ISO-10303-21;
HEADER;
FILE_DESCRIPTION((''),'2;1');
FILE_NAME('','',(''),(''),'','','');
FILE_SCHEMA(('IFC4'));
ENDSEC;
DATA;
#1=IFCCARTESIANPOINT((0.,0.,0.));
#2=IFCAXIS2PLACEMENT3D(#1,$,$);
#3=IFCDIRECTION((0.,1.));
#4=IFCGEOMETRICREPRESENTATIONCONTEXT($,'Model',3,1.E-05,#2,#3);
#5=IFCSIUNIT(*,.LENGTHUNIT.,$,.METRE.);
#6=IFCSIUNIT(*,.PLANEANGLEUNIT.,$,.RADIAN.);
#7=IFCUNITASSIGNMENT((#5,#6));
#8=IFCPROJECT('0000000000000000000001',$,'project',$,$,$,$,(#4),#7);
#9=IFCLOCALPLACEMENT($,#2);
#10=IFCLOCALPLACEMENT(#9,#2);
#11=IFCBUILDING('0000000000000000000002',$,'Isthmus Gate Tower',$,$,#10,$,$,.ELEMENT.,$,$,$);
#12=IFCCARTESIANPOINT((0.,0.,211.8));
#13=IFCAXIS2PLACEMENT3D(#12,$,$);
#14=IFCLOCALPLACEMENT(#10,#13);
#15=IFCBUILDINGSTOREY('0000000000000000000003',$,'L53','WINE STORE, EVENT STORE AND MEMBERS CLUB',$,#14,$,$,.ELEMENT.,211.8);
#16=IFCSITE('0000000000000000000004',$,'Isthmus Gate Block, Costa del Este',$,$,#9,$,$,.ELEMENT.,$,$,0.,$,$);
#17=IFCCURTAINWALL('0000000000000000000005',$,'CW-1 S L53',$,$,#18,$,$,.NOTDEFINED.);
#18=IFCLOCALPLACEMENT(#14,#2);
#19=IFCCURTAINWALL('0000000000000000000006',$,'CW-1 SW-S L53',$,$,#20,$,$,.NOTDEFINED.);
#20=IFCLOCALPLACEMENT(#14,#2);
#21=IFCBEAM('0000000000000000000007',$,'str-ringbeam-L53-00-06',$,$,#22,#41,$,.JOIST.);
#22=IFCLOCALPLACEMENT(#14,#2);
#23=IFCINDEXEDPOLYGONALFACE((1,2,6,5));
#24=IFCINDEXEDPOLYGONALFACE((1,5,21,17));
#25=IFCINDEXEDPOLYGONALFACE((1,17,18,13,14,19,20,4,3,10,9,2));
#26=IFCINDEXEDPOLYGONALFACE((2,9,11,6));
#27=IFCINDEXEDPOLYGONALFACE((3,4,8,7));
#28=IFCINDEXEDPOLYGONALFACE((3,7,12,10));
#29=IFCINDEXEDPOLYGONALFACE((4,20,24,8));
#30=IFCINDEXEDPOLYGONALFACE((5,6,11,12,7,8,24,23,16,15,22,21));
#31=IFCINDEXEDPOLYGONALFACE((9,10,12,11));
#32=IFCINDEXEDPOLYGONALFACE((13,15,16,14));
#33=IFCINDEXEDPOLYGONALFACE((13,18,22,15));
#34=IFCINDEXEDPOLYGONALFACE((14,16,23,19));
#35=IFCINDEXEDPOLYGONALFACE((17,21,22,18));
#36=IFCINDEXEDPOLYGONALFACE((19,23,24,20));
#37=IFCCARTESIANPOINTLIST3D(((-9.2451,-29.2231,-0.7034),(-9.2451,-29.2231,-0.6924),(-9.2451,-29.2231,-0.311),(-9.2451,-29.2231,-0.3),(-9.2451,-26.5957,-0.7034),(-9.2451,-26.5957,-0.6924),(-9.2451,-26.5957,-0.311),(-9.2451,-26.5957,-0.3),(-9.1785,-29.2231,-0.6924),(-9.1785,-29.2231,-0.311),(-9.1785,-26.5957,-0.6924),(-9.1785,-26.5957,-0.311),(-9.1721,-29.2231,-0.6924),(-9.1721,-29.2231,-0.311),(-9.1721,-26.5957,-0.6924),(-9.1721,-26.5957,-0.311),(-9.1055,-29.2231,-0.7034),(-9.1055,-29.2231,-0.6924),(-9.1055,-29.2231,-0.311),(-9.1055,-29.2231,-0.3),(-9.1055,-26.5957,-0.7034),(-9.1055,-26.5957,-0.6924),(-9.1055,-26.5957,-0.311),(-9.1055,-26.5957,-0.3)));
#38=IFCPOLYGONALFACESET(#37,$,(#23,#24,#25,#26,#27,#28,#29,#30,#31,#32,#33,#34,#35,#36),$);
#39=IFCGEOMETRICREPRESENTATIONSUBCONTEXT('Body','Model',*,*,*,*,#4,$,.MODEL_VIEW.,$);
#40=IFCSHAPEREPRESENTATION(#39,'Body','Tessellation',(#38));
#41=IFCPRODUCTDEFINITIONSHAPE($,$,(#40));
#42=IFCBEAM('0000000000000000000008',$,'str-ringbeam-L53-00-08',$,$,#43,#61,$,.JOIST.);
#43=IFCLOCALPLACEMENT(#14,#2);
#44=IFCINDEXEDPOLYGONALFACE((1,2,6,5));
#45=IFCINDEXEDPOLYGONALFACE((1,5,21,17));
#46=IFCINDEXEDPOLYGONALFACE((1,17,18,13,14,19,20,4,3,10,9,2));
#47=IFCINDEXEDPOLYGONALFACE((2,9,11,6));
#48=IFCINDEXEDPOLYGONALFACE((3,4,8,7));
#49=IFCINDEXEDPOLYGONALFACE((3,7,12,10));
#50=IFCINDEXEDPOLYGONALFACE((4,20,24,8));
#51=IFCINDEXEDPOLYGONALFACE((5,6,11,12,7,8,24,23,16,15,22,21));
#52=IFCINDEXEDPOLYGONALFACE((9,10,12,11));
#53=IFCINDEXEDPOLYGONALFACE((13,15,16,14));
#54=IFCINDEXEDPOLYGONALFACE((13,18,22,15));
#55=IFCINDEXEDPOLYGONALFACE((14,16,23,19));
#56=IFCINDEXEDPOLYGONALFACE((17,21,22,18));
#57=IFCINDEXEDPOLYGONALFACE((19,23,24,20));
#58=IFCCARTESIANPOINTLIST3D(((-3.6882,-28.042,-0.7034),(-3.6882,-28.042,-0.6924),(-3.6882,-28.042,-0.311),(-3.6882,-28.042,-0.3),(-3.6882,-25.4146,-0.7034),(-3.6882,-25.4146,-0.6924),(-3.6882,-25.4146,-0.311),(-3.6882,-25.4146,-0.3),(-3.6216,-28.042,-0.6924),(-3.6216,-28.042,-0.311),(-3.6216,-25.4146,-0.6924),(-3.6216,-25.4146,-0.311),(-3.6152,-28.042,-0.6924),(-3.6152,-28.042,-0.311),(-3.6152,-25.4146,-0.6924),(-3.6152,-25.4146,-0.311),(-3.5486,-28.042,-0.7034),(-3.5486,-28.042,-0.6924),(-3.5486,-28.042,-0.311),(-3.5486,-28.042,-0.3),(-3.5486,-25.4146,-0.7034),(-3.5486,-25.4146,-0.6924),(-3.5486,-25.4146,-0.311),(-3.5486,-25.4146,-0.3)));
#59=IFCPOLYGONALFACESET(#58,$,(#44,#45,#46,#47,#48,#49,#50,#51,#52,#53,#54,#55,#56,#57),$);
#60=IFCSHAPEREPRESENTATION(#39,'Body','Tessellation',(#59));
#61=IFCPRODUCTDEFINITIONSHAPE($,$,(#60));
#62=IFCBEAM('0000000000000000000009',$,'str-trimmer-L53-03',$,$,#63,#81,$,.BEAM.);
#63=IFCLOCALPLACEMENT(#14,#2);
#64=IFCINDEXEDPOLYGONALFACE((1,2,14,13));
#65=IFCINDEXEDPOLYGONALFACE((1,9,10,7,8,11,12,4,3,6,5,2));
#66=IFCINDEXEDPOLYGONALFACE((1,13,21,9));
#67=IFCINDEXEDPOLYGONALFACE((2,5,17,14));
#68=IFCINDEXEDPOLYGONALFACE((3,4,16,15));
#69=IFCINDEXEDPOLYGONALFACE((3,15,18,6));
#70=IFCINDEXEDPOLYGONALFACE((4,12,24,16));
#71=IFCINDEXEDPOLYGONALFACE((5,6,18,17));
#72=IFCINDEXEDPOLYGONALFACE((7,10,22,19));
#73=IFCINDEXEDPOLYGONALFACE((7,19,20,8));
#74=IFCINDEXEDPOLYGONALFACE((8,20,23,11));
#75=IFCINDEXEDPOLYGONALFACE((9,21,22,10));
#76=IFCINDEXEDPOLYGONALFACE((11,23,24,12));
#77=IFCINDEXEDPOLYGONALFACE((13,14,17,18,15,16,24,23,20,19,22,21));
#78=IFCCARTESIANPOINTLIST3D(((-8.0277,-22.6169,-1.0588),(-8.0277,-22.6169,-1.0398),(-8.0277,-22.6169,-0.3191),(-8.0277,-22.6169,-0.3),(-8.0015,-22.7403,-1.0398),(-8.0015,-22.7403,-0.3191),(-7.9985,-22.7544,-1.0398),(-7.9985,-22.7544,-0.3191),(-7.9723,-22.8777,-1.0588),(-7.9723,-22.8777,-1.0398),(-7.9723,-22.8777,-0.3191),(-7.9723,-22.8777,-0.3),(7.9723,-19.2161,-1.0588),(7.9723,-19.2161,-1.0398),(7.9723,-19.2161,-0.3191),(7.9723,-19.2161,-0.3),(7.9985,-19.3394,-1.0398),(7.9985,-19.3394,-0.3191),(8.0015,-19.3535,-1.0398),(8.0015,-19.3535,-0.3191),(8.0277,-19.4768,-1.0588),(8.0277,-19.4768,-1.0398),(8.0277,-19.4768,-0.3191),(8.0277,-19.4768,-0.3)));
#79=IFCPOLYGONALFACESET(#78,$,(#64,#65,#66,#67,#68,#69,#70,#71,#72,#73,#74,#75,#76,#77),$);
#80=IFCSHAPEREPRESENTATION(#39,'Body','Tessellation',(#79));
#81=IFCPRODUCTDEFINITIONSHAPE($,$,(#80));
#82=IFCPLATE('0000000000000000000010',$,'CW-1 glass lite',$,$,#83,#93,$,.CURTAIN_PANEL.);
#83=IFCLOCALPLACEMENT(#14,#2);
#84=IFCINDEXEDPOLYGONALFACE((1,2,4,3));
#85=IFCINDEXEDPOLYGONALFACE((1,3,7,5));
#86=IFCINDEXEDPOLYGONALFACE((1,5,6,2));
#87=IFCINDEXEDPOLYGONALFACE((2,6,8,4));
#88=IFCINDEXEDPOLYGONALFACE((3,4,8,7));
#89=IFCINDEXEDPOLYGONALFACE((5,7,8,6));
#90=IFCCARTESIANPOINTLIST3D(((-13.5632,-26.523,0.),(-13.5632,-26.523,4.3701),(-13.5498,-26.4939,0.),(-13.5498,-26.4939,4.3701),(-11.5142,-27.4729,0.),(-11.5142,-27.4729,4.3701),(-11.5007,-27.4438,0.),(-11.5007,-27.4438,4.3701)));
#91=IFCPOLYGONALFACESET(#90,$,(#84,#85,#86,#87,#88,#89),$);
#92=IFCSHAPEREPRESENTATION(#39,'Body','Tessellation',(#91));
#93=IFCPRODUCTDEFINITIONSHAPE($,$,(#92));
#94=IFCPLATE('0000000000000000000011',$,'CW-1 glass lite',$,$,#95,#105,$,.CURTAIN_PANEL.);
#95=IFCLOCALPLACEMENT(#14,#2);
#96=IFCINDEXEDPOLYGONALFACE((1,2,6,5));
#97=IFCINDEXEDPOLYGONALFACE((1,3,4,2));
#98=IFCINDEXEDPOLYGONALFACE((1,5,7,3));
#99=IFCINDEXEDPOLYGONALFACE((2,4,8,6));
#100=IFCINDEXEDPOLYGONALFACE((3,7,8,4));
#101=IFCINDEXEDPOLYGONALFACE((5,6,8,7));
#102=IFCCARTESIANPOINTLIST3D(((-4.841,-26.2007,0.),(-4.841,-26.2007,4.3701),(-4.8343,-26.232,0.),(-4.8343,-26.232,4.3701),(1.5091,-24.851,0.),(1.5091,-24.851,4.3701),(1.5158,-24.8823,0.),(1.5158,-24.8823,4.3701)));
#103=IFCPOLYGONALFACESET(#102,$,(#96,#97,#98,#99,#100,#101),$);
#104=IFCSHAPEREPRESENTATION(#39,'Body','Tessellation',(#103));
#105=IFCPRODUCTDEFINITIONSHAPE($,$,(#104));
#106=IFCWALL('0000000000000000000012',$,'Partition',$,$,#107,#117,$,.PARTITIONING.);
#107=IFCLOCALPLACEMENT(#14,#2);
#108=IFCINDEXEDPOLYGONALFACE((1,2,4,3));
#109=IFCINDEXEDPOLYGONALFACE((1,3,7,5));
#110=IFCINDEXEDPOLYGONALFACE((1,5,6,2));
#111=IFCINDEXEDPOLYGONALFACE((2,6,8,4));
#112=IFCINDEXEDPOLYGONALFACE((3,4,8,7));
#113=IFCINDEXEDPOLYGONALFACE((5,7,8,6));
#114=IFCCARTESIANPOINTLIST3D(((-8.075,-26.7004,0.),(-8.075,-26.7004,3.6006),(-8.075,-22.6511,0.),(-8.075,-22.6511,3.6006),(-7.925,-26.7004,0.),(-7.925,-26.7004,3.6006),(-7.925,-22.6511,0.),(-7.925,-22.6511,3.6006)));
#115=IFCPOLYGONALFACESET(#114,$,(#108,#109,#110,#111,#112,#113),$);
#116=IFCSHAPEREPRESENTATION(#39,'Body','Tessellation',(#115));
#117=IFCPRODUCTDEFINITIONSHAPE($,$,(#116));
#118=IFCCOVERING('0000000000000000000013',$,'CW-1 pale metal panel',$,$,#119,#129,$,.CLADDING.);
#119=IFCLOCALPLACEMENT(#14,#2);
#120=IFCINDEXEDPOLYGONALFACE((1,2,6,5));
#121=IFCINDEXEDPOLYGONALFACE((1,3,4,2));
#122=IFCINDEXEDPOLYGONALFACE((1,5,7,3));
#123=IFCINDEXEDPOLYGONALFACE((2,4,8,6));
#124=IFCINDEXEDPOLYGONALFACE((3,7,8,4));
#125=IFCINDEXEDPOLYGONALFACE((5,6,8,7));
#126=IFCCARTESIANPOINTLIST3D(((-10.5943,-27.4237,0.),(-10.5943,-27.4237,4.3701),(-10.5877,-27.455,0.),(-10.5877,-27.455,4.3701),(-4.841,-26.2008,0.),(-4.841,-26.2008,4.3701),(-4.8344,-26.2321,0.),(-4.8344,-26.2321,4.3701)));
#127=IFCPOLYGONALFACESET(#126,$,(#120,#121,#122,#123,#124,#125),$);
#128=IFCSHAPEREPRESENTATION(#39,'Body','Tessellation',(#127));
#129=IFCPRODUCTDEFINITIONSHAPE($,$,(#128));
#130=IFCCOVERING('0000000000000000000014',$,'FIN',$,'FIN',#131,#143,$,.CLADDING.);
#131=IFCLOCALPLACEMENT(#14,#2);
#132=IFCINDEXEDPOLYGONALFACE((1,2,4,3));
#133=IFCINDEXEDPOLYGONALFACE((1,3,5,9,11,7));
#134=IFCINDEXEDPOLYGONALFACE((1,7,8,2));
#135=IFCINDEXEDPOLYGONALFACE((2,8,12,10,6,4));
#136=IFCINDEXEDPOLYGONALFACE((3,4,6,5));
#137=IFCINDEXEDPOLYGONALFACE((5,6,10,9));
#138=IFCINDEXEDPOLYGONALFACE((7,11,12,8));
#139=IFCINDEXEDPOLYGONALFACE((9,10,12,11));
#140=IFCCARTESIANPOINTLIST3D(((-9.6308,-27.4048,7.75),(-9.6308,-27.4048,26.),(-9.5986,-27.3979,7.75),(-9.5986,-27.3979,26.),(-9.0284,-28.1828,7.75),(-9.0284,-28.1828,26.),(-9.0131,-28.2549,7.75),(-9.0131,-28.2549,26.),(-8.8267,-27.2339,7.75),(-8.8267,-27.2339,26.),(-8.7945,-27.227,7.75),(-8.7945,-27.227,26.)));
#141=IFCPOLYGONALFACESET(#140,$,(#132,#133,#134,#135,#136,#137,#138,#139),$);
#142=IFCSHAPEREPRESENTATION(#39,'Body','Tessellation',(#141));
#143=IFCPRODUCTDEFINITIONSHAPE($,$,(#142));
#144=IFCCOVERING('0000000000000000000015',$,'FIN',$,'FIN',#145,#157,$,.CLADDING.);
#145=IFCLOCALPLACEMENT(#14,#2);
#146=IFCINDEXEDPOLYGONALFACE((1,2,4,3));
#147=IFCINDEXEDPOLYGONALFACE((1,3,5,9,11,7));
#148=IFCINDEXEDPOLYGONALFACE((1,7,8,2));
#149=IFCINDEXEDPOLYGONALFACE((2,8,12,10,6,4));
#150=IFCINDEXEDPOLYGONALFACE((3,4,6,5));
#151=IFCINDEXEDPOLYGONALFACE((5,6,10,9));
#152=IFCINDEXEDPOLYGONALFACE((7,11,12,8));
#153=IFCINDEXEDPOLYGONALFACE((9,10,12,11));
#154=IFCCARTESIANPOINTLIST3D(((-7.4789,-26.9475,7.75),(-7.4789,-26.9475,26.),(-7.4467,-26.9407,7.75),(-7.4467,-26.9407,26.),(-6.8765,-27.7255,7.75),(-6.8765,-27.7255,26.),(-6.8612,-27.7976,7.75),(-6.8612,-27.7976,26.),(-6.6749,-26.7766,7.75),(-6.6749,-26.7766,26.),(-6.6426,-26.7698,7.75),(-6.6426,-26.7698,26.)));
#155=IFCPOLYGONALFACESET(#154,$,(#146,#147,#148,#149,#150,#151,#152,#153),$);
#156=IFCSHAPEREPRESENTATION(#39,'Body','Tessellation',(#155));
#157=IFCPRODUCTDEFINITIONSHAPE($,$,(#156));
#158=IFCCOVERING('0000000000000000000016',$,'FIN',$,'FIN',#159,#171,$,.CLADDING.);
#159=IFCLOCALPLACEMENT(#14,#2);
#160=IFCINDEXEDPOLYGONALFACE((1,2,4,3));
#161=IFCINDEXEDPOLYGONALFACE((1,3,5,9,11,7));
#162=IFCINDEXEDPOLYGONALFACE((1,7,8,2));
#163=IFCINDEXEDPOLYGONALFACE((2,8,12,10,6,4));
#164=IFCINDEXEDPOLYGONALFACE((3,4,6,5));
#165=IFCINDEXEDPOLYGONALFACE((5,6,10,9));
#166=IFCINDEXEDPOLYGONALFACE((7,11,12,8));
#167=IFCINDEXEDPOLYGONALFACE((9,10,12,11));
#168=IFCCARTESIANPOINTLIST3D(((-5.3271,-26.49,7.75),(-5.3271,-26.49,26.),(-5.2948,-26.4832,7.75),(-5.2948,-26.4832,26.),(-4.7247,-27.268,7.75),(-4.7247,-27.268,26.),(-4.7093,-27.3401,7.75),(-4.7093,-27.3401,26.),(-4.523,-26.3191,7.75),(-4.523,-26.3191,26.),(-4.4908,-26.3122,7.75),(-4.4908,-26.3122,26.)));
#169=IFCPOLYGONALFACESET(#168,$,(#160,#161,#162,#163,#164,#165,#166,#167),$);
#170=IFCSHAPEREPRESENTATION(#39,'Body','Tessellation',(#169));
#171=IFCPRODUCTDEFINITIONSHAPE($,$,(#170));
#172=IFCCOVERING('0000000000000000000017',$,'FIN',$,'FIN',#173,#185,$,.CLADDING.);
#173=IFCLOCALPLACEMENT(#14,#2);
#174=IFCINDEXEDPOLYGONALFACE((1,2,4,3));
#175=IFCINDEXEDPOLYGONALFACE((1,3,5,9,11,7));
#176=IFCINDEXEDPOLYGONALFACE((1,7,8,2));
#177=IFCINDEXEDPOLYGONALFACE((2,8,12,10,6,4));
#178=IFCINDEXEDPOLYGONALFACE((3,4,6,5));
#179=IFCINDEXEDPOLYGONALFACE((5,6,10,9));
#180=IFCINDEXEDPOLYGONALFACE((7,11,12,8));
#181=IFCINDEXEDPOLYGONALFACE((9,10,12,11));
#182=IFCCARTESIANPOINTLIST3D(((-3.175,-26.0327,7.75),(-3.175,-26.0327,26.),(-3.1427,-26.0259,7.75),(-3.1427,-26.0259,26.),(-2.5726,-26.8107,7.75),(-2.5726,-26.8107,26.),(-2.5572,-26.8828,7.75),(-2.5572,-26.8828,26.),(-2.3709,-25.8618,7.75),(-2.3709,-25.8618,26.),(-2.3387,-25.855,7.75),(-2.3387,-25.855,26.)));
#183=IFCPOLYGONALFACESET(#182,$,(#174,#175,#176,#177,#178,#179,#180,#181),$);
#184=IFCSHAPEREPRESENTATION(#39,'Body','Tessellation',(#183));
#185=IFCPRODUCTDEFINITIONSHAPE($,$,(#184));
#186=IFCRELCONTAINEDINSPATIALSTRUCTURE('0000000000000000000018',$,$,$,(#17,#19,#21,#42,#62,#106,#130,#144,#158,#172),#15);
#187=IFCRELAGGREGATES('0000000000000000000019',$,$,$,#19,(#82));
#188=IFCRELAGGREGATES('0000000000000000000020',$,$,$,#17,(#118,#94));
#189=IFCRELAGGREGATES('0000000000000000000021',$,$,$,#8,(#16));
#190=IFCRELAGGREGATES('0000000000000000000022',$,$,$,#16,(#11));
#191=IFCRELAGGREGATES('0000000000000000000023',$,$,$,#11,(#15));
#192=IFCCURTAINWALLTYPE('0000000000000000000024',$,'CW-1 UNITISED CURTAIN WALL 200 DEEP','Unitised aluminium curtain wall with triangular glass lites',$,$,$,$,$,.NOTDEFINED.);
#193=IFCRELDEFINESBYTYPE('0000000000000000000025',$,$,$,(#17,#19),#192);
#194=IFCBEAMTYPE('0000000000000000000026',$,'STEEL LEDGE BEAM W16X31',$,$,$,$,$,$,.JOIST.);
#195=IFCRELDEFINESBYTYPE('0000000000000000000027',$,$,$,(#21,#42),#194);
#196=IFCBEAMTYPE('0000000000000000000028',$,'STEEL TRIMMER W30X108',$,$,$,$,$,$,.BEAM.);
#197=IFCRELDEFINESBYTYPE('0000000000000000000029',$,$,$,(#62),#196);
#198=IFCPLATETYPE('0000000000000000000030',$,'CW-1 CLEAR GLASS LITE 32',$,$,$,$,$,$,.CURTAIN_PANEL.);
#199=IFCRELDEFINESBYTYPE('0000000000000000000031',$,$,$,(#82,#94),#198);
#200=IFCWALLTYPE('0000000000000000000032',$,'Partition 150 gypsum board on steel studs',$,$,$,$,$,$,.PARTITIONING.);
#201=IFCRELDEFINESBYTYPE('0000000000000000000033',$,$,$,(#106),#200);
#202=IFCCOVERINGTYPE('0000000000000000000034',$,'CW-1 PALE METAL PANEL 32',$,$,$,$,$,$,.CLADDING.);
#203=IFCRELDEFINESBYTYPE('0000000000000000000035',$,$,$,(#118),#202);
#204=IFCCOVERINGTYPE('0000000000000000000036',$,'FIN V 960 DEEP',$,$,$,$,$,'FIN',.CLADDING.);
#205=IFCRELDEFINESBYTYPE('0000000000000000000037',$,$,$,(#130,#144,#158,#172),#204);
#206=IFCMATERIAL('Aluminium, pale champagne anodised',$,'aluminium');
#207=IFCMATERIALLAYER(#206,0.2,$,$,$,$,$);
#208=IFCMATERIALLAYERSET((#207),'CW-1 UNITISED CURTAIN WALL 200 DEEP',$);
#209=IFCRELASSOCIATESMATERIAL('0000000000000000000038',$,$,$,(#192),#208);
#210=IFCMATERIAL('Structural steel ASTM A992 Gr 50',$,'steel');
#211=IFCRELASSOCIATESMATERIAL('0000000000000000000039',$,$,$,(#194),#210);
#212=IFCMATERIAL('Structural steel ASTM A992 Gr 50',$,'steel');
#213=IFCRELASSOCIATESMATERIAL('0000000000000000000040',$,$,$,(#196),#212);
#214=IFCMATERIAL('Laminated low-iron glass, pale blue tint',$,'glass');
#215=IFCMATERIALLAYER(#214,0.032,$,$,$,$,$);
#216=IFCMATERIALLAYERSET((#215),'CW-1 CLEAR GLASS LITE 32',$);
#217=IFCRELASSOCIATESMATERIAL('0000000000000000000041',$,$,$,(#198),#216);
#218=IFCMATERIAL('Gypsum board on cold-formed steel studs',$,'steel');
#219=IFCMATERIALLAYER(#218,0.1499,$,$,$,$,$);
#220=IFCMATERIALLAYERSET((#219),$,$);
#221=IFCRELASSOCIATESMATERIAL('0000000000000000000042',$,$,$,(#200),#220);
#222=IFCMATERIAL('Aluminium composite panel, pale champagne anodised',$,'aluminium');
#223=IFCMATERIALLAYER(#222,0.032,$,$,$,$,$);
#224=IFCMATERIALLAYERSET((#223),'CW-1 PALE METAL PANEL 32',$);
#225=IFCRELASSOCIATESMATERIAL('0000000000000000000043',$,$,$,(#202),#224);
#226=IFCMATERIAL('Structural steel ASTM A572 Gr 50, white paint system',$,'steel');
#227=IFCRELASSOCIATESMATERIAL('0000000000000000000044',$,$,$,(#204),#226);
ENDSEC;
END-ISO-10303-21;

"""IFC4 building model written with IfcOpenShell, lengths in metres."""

from ifc_helpers import new_model, si_unit, direction, frame, frame_2d, origin, origin_2d, place, context, subcontext, project, spatial, polyline, rectangle, i_section, outline, extrude, material, layer, layer_set, material_profile, profile_set, type_object, element, aggregate, save


model = new_model("IFC4")

# Units and contexts
model_context = context("Model", 3, precision=1e-05, world=origin(), true_north=direction((0.0, 1.0)))
body_context = subcontext(model_context, "Body", "Model", "MODEL_VIEW")
ifc_project = project(units=[si_unit("LENGTHUNIT", "METRE"), si_unit("PLANEANGLEUNIT", "RADIAN")], contexts=[model_context])

# Site, building, storey
site_placement = place(None, origin())
site = spatial("IfcSite", under=ifc_project, at=site_placement, Name="Isthmus Gate Block, Costa del Este", CompositionType="ELEMENT", RefElevation=0.0)
building_placement = place(site_placement, origin())
building = spatial("IfcBuilding", under=site, at=building_placement, Name="Isthmus Gate Tower", CompositionType="ELEMENT")
storey_placement = place(building_placement, frame((0.0, 0.0, 211.8)))
storey = spatial("IfcBuildingStorey", under=building, at=storey_placement, Name="L53", Description="WINE STORE, EVENT STORE AND MEMBERS CLUB", CompositionType="ELEMENT", Elevation=211.8)

# Curtain walls
ifc_material_1 = material(Name="Aluminium, pale champagne anodised", Category="aluminium")
ifc_layer_1 = layer(ifc_material_1, 0.2)
ifc_layer_set_1 = layer_set([ifc_layer_1], Name="CW-1 UNITISED CURTAIN WALL 200 DEEP")
curtain_wall_type = type_object("IfcCurtainWallType", Name="CW-1 UNITISED CURTAIN WALL 200 DEEP", Description="Unitised aluminium curtain wall with triangular glass lites", PredefinedType="NOTDEFINED", material=ifc_layer_set_1)
curtain_wall_1_placement = place(storey_placement, origin())
curtain_wall_1 = element("IfcCurtainWall", 1, at=curtain_wall_1_placement, inside=storey, type_object=curtain_wall_type, Name="CW-1 S L53", PredefinedType="NOTDEFINED")
curtain_wall_2_placement = place(storey_placement, origin())
curtain_wall_2 = element("IfcCurtainWall", 2, at=curtain_wall_2_placement, inside=storey, type_object=curtain_wall_type, Name="CW-1 SW-S L53", PredefinedType="NOTDEFINED")

# Beams
ifc_material_2 = material(Name="Structural steel ASTM A992 Gr 50", Category="steel")
ifc_material_profile_1 = material_profile(ifc_material_2, i_section(OverallWidth=0.1396, OverallDepth=0.4033, WebThickness=0.0063, FlangeThickness=0.011, at=origin_2d()), Name="W16X31")
ifc_profile_set_1 = profile_set([ifc_material_profile_1], Name="Structural steel ASTM A992 Gr 50")
beam_type_1 = type_object("IfcBeamType", Name="STEEL LEDGE BEAM W16X31", PredefinedType="JOIST", material=ifc_profile_set_1)
for number, where, z_axis, x_axis, name in (
    (3, (-9.1753, -29.2231, -0.5017), (0.0, 1.0, 0.0), (-1.0, 0.0, 0.0), "str-ringbeam-L53-00-06"),
    (4, (-3.6184, -28.042, -0.5017), (0.0, 1.0, 0.0), (-1.0, 0.0, 0.0), "str-ringbeam-L53-00-08"),
):
    element("IfcBeam", number, at=place(storey_placement, frame(where, z_axis=z_axis, x_axis=x_axis)), inside=storey, type_object=beam_type_1, Name=name, PredefinedType="JOIST", context=body_context, shape_type="SweptSolid", body=[
        extrude(i_section(OverallWidth=0.1396, OverallDepth=0.4033, WebThickness=0.0063, FlangeThickness=0.011, at=origin_2d()), origin(), (0.0, 0.0, 1.0), 2.6274),
    ])
ifc_material_3 = material(Name="Structural steel ASTM A992 Gr 50", Category="steel")
ifc_material_profile_2 = material_profile(ifc_material_3, i_section(OverallWidth=0.2666, OverallDepth=0.7588, WebThickness=0.0144, FlangeThickness=0.019, at=origin_2d()), Name="W30X108")
ifc_profile_set_2 = profile_set([ifc_material_profile_2], Name="Structural steel ASTM A992 Gr 50")
beam_type_2 = type_object("IfcBeamType", Name="STEEL TRIMMER W30X108", PredefinedType="BEAM", material=ifc_profile_set_2)
beam_1_placement = place(storey_placement, frame((-8.0, -22.7473, -0.6794), z_axis=(0.978148, 0.20791, 0.0), x_axis=(-0.20791, 0.978148, 0.0)))
element("IfcBeam", 5, at=beam_1_placement, inside=storey, type_object=beam_type_2, Name="str-trimmer-L53-03", PredefinedType="BEAM", context=body_context, shape_type="SweptSolid", body=[
    extrude(i_section(OverallWidth=0.2666, OverallDepth=0.7588, WebThickness=0.0144, FlangeThickness=0.019, at=origin_2d()), origin(), (0.0, 0.0, 1.0), 16.3574),
])

# Plates
ifc_material_4 = material(Name="Laminated low-iron glass, pale blue tint", Category="glass")
ifc_layer_2 = layer(ifc_material_4, 0.032)
ifc_layer_set_2 = layer_set([ifc_layer_2], Name="CW-1 CLEAR GLASS LITE 32")
plate_type = type_object("IfcPlateType", Name="CW-1 CLEAR GLASS LITE 32", PredefinedType="CURTAIN_PANEL", material=ifc_layer_set_2)
plate_1_placement = place(storey_placement, frame((-12.532, -26.9834, 0.0), z_axis=(0.0, 0.0, 1.0), x_axis=(0.907256, -0.420578, 0.0)))
plate_1 = element("IfcPlate", 6, at=plate_1_placement, type_object=plate_type, Name="CW-1 glass lite", PredefinedType="CURTAIN_PANEL", context=body_context, shape_type="SweptSolid", body=[
    extrude(rectangle(XDim=2.2585, YDim=0.032, at=origin_2d()), origin(), (0.0, 0.0, 1.0), 4.3701),
])
aggregate(curtain_wall_2, [plate_1])
plate_2_placement = place(storey_placement, frame((-1.6626, -25.5415, 0.0), z_axis=(0.0, 0.0, 1.0), x_axis=(0.978148, 0.207912, 0.0)))
plate_2 = element("IfcPlate", 7, at=plate_2_placement, type_object=plate_type, Name="CW-1 glass lite", PredefinedType="CURTAIN_PANEL", context=body_context, shape_type="SweptSolid", body=[
    extrude(rectangle(XDim=6.4919, YDim=0.032, at=origin_2d()), origin(), (0.0, 0.0, 1.0), 4.3701),
])

# Wall
ifc_material_5 = material(Name="Gypsum board on cold-formed steel studs", Category="steel")
ifc_layer_3 = layer(ifc_material_5, 0.1499)
ifc_layer_set_3 = layer_set([ifc_layer_3])
wall_type = type_object("IfcWallType", Name="Partition 150 gypsum board on steel studs", PredefinedType="PARTITIONING", material=ifc_layer_set_3)
wall_placement = place(storey_placement, frame((-8.0, -26.7004, 0.0), z_axis=(0.0, 0.0, 1.0), x_axis=(0.0, 1.0, 0.0)))
element("IfcWall", 8, at=wall_placement, inside=storey, type_object=wall_type, Name="Partition", PredefinedType="PARTITIONING", context=body_context, shape_type="SweptSolid", body=[
    extrude(rectangle(XDim=4.0493, YDim=0.1499, at=frame_2d((2.0247, 0.0))), origin(), (0.0, 0.0, 1.0), 3.6006),
])

# Covering
ifc_material_6 = material(Name="Aluminium composite panel, pale champagne anodised", Category="aluminium")
ifc_layer_4 = layer(ifc_material_6, 0.032)
ifc_layer_set_4 = layer_set([ifc_layer_4], Name="CW-1 PALE METAL PANEL 32")
covering_type_1 = type_object("IfcCoveringType", Name="CW-1 PALE METAL PANEL 32", PredefinedType="CLADDING", material=ifc_layer_set_4)
covering_placement = place(storey_placement, frame((-7.7144, -26.8279, 0.0), z_axis=(0.0, 0.0, 1.0), x_axis=(0.978148, 0.207912, 0.0)))
covering = element("IfcCovering", 9, at=covering_placement, type_object=covering_type_1, Name="CW-1 pale metal panel", PredefinedType="CLADDING", context=body_context, shape_type="SweptSolid", body=[
    extrude(rectangle(XDim=5.8818, YDim=0.032, at=origin_2d()), origin(), (0.0, 0.0, 1.0), 4.3701),
])
aggregate(curtain_wall_1, [covering, plate_2])

# Coverings
ifc_material_7 = material(Name="Structural steel ASTM A572 Gr 50, white paint system", Category="steel")
ifc_material_profile_3 = material_profile(ifc_material_7, outline(polyline([(0.0, -0.4275), (0.96, 0.0), (0.0, 0.4275), (0.0, 0.3945), (0.8862, 0.0), (0.0, -0.3945), (0.0, -0.4275)])), Name="V960")
ifc_profile_set_3 = profile_set([ifc_material_profile_3], Name="Structural steel ASTM A572 Gr 50, white paint system")
covering_type_2 = type_object("IfcCoveringType", Name="FIN V 960 DEEP", ElementType="FIN", PredefinedType="CLADDING", material=ifc_profile_set_3)
for number, where, z_axis, x_axis, name in (
    (10, (-9.2126, -27.3159, 7.75), (0.0, 0.0, 1.0), (0.207912, -0.978148, 0.0), "FIN"),
    (11, (-7.0608, -26.8586, 7.75), (0.0, 0.0, 1.0), (0.207912, -0.978148, 0.0), "FIN"),
    (12, (-4.9089, -26.4011, 7.75), (0.0, 0.0, 1.0), (0.207912, -0.978148, 0.0), "FIN"),
    (13, (-2.7568, -25.9438, 7.75), (0.0, 0.0, 1.0), (0.207912, -0.978148, 0.0), "FIN"),
):
    element("IfcCovering", number, at=place(storey_placement, frame(where, z_axis=z_axis, x_axis=x_axis)), inside=storey, type_object=covering_type_2, Name=name, ObjectType="FIN", PredefinedType="CLADDING", context=body_context, shape_type="SweptSolid", body=[
        extrude(outline(polyline([(0.0, -0.4275), (0.96, 0.0), (0.0, 0.4275), (0.0, 0.3945), (0.8862, 0.0), (0.0, -0.3945), (0.0, -0.4275)])), origin(), (0.0, 0.0, 1.0), 18.25),
    ])

save(model, "model.ifc")
